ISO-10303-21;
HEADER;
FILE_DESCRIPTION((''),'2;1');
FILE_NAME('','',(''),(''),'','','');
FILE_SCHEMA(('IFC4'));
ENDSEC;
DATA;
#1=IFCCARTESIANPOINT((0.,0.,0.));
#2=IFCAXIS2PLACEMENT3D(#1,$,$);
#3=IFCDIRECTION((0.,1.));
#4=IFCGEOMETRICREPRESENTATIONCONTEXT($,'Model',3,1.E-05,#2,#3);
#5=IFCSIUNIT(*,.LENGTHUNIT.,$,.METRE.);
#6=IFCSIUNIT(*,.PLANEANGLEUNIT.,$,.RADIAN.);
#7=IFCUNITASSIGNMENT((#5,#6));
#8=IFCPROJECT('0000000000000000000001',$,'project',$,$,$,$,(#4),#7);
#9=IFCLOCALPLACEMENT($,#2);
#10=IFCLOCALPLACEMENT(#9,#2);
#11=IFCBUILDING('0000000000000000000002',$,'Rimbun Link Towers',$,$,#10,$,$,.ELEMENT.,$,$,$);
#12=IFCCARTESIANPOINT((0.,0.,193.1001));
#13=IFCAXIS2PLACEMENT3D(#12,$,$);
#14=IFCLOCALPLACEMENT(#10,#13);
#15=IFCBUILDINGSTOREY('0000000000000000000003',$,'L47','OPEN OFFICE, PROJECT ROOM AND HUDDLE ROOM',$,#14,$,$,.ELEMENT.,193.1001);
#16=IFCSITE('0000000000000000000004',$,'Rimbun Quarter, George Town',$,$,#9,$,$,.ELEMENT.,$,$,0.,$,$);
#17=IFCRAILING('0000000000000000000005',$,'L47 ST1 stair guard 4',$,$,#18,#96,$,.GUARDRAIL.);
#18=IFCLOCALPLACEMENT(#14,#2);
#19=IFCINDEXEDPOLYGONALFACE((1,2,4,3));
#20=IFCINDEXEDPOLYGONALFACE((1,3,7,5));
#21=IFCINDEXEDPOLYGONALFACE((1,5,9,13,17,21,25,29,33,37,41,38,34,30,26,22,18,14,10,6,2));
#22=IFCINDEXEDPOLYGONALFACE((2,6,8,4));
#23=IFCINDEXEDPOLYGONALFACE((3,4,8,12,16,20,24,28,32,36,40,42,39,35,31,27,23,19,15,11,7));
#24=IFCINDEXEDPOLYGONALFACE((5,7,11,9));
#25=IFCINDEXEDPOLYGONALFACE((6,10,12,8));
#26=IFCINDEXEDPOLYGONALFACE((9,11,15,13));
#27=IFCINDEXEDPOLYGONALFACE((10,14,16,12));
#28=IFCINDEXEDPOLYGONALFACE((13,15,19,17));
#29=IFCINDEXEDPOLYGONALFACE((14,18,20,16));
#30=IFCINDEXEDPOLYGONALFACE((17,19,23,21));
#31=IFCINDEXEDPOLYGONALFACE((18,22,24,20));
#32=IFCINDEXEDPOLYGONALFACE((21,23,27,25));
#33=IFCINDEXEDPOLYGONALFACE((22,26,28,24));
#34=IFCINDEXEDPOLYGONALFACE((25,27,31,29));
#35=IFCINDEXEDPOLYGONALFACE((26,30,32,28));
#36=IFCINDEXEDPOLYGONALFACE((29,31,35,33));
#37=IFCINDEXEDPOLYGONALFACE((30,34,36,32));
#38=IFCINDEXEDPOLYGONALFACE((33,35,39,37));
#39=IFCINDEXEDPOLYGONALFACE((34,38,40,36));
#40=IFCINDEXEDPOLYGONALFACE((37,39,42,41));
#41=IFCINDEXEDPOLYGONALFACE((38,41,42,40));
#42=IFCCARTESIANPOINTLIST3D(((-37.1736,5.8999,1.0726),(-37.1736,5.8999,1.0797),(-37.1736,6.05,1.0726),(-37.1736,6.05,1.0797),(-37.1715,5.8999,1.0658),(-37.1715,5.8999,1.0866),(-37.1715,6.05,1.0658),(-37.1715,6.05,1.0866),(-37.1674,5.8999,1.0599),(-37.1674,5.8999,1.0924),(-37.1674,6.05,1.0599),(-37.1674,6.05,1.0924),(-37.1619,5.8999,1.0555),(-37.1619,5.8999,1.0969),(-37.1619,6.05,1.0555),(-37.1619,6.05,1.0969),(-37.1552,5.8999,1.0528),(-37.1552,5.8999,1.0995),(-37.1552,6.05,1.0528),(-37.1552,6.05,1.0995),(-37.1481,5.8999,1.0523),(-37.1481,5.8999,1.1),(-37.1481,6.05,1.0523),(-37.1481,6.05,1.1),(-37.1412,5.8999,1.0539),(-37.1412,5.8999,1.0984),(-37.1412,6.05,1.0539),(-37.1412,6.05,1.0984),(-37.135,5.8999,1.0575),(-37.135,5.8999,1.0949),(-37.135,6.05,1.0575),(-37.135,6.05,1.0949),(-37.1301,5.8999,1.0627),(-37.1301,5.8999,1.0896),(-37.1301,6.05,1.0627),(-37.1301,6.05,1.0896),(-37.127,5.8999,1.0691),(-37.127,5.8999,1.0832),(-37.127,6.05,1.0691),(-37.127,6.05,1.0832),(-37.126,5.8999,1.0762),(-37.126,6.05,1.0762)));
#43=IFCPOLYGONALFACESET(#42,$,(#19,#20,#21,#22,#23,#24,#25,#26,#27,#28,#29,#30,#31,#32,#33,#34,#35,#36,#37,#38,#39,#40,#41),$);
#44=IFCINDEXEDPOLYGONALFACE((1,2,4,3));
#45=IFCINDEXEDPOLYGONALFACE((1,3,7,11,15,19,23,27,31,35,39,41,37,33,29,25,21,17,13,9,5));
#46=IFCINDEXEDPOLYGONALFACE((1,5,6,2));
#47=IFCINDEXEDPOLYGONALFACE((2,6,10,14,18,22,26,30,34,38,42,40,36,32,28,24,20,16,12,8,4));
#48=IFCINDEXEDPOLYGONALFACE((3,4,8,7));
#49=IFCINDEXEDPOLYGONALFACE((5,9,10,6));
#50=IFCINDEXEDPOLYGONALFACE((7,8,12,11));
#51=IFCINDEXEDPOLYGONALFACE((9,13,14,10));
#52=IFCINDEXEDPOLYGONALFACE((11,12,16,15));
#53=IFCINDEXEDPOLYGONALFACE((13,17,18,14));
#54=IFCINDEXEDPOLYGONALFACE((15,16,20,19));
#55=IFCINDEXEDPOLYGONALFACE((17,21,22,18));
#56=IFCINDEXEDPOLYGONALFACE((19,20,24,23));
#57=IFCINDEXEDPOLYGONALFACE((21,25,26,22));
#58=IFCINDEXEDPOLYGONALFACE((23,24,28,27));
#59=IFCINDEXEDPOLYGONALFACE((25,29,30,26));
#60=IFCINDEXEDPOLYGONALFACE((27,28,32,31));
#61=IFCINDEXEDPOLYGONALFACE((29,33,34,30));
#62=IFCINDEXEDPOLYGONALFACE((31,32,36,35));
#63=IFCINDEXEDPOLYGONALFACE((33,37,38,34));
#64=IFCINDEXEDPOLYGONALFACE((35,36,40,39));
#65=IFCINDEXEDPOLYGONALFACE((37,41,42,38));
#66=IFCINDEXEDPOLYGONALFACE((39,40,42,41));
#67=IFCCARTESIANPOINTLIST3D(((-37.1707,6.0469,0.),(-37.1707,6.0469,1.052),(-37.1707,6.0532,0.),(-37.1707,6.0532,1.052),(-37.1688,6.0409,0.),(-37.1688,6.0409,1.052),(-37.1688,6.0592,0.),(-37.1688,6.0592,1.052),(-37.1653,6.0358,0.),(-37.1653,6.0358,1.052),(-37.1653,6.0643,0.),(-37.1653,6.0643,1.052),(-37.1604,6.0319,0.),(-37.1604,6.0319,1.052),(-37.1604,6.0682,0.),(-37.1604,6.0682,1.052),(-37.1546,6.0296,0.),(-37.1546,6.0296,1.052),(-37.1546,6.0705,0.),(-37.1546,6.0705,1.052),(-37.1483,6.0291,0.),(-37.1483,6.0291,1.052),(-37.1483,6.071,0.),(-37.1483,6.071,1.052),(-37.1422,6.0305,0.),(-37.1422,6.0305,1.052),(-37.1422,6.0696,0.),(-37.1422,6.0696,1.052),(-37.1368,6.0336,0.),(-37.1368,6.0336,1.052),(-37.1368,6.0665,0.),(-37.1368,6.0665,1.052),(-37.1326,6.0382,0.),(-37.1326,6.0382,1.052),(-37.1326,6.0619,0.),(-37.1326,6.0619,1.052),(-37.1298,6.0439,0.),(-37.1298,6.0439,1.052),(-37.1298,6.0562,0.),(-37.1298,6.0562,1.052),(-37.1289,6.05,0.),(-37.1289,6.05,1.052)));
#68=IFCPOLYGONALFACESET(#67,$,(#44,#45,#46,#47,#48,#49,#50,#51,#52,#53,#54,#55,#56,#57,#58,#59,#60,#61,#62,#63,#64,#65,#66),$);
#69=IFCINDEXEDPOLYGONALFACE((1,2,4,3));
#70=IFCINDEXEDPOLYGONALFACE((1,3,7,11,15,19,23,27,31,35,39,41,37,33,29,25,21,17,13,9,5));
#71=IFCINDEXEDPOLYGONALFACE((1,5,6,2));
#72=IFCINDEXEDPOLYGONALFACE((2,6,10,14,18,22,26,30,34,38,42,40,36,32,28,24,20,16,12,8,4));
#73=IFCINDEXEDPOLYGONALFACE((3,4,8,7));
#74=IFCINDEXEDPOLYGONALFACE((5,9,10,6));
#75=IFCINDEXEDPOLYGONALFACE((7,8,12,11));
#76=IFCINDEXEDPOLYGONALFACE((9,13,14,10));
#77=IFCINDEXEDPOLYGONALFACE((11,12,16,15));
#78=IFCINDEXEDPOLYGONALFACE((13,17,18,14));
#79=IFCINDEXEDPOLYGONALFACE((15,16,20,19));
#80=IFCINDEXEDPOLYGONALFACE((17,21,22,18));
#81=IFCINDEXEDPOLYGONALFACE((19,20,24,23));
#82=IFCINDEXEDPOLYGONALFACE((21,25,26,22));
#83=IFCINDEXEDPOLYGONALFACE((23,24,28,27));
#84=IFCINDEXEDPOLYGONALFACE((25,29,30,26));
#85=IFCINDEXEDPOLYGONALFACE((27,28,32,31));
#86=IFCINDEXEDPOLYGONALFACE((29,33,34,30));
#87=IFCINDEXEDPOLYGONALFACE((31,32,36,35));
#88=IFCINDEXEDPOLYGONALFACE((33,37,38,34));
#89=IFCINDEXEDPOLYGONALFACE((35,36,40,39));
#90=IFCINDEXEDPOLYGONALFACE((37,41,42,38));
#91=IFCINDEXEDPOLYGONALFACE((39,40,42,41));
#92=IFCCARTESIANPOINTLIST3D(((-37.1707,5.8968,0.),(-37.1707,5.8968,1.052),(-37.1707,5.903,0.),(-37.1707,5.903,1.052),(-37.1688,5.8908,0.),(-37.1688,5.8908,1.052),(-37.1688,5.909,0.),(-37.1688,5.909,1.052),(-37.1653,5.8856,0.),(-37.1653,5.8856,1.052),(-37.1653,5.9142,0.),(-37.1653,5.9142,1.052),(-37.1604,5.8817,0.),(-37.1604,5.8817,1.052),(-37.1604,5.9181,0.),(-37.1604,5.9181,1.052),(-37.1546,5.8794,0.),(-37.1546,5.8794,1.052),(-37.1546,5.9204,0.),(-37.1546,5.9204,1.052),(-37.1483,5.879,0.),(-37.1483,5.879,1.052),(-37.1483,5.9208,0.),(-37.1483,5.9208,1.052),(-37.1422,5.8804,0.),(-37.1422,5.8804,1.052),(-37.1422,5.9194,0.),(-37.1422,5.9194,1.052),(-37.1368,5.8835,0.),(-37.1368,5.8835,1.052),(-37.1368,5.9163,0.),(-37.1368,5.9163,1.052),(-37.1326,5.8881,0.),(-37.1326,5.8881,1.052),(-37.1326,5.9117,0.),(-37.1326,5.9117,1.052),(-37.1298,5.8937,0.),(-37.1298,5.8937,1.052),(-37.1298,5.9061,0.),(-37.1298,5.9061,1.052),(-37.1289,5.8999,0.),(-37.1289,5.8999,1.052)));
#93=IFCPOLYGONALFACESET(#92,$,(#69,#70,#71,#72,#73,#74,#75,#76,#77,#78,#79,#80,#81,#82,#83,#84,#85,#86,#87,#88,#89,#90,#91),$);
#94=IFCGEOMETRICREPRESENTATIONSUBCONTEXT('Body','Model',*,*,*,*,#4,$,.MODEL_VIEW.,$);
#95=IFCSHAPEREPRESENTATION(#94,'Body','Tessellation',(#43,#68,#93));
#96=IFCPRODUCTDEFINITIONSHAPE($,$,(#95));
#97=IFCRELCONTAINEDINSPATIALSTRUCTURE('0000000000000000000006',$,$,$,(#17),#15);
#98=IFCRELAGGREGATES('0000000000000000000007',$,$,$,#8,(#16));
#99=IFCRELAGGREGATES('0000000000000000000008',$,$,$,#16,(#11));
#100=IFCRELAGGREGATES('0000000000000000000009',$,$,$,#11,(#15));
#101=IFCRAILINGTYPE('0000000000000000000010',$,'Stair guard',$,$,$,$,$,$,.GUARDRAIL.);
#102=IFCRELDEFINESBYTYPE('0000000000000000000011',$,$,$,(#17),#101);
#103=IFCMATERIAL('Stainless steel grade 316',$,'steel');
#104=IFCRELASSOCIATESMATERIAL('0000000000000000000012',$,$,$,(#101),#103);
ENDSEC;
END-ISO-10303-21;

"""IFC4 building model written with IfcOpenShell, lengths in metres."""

from ifc_helpers import new_model, si_unit, direction, frame, origin, origin_2d, place, context, subcontext, project, spatial, circle, extrude, material, type_object, element, save


model = new_model("IFC4")

# Units and contexts
model_context = context("Model", 3, precision=1e-05, world=origin(), true_north=direction((0.0, 1.0)))
body_context = subcontext(model_context, "Body", "Model", "MODEL_VIEW")
ifc_project = project(units=[si_unit("LENGTHUNIT", "METRE"), si_unit("PLANEANGLEUNIT", "RADIAN")], contexts=[model_context])

# Site, building, storey
site_placement = place(None, origin())
site = spatial("IfcSite", under=ifc_project, at=site_placement, Name="Rimbun Quarter, George Town", CompositionType="ELEMENT", RefElevation=0.0)
building_placement = place(site_placement, origin())
building = spatial("IfcBuilding", under=site, at=building_placement, Name="Rimbun Link Towers", CompositionType="ELEMENT")
storey_placement = place(building_placement, frame((0.0, 0.0, 193.1001)))
storey = spatial("IfcBuildingStorey", under=building, at=storey_placement, Name="L47", Description="OPEN OFFICE, PROJECT ROOM AND HUDDLE ROOM", CompositionType="ELEMENT", Elevation=193.1001)

# Railing
ifc_material_1 = material(Name="Stainless steel grade 316", Category="steel")
railing_type_1 = type_object("IfcRailingType", Name="Stair guard", PredefinedType="GUARDRAIL", material=ifc_material_1)
railing_1_placement = place(storey_placement, frame((-37.1499, 6.05, 0.0)))
element("IfcRailing", 1, at=railing_1_placement, inside=storey, type_object=railing_type_1, Name="L47 ST1 stair guard 4", PredefinedType="GUARDRAIL", context=body_context, shape_type="SweptSolid", body=[
    extrude(circle(Radius=0.0239, at=origin_2d()), frame((0.0, 0.0, 1.0762), z_axis=(0.0, -1.0, 0.0), x_axis=(1.0, 0.0, 0.0)), (0.0, 0.0, 1.0), 0.1501),
    extrude(circle(Radius=0.021, at=origin_2d()), origin(), (0.0, 0.0, 1.0), 1.052),
    extrude(circle(Radius=0.021, at=origin_2d()), frame((0.0, -0.1501, 0.0)), (0.0, 0.0, 1.0), 1.052),
])

save(model, "model.ifc")
